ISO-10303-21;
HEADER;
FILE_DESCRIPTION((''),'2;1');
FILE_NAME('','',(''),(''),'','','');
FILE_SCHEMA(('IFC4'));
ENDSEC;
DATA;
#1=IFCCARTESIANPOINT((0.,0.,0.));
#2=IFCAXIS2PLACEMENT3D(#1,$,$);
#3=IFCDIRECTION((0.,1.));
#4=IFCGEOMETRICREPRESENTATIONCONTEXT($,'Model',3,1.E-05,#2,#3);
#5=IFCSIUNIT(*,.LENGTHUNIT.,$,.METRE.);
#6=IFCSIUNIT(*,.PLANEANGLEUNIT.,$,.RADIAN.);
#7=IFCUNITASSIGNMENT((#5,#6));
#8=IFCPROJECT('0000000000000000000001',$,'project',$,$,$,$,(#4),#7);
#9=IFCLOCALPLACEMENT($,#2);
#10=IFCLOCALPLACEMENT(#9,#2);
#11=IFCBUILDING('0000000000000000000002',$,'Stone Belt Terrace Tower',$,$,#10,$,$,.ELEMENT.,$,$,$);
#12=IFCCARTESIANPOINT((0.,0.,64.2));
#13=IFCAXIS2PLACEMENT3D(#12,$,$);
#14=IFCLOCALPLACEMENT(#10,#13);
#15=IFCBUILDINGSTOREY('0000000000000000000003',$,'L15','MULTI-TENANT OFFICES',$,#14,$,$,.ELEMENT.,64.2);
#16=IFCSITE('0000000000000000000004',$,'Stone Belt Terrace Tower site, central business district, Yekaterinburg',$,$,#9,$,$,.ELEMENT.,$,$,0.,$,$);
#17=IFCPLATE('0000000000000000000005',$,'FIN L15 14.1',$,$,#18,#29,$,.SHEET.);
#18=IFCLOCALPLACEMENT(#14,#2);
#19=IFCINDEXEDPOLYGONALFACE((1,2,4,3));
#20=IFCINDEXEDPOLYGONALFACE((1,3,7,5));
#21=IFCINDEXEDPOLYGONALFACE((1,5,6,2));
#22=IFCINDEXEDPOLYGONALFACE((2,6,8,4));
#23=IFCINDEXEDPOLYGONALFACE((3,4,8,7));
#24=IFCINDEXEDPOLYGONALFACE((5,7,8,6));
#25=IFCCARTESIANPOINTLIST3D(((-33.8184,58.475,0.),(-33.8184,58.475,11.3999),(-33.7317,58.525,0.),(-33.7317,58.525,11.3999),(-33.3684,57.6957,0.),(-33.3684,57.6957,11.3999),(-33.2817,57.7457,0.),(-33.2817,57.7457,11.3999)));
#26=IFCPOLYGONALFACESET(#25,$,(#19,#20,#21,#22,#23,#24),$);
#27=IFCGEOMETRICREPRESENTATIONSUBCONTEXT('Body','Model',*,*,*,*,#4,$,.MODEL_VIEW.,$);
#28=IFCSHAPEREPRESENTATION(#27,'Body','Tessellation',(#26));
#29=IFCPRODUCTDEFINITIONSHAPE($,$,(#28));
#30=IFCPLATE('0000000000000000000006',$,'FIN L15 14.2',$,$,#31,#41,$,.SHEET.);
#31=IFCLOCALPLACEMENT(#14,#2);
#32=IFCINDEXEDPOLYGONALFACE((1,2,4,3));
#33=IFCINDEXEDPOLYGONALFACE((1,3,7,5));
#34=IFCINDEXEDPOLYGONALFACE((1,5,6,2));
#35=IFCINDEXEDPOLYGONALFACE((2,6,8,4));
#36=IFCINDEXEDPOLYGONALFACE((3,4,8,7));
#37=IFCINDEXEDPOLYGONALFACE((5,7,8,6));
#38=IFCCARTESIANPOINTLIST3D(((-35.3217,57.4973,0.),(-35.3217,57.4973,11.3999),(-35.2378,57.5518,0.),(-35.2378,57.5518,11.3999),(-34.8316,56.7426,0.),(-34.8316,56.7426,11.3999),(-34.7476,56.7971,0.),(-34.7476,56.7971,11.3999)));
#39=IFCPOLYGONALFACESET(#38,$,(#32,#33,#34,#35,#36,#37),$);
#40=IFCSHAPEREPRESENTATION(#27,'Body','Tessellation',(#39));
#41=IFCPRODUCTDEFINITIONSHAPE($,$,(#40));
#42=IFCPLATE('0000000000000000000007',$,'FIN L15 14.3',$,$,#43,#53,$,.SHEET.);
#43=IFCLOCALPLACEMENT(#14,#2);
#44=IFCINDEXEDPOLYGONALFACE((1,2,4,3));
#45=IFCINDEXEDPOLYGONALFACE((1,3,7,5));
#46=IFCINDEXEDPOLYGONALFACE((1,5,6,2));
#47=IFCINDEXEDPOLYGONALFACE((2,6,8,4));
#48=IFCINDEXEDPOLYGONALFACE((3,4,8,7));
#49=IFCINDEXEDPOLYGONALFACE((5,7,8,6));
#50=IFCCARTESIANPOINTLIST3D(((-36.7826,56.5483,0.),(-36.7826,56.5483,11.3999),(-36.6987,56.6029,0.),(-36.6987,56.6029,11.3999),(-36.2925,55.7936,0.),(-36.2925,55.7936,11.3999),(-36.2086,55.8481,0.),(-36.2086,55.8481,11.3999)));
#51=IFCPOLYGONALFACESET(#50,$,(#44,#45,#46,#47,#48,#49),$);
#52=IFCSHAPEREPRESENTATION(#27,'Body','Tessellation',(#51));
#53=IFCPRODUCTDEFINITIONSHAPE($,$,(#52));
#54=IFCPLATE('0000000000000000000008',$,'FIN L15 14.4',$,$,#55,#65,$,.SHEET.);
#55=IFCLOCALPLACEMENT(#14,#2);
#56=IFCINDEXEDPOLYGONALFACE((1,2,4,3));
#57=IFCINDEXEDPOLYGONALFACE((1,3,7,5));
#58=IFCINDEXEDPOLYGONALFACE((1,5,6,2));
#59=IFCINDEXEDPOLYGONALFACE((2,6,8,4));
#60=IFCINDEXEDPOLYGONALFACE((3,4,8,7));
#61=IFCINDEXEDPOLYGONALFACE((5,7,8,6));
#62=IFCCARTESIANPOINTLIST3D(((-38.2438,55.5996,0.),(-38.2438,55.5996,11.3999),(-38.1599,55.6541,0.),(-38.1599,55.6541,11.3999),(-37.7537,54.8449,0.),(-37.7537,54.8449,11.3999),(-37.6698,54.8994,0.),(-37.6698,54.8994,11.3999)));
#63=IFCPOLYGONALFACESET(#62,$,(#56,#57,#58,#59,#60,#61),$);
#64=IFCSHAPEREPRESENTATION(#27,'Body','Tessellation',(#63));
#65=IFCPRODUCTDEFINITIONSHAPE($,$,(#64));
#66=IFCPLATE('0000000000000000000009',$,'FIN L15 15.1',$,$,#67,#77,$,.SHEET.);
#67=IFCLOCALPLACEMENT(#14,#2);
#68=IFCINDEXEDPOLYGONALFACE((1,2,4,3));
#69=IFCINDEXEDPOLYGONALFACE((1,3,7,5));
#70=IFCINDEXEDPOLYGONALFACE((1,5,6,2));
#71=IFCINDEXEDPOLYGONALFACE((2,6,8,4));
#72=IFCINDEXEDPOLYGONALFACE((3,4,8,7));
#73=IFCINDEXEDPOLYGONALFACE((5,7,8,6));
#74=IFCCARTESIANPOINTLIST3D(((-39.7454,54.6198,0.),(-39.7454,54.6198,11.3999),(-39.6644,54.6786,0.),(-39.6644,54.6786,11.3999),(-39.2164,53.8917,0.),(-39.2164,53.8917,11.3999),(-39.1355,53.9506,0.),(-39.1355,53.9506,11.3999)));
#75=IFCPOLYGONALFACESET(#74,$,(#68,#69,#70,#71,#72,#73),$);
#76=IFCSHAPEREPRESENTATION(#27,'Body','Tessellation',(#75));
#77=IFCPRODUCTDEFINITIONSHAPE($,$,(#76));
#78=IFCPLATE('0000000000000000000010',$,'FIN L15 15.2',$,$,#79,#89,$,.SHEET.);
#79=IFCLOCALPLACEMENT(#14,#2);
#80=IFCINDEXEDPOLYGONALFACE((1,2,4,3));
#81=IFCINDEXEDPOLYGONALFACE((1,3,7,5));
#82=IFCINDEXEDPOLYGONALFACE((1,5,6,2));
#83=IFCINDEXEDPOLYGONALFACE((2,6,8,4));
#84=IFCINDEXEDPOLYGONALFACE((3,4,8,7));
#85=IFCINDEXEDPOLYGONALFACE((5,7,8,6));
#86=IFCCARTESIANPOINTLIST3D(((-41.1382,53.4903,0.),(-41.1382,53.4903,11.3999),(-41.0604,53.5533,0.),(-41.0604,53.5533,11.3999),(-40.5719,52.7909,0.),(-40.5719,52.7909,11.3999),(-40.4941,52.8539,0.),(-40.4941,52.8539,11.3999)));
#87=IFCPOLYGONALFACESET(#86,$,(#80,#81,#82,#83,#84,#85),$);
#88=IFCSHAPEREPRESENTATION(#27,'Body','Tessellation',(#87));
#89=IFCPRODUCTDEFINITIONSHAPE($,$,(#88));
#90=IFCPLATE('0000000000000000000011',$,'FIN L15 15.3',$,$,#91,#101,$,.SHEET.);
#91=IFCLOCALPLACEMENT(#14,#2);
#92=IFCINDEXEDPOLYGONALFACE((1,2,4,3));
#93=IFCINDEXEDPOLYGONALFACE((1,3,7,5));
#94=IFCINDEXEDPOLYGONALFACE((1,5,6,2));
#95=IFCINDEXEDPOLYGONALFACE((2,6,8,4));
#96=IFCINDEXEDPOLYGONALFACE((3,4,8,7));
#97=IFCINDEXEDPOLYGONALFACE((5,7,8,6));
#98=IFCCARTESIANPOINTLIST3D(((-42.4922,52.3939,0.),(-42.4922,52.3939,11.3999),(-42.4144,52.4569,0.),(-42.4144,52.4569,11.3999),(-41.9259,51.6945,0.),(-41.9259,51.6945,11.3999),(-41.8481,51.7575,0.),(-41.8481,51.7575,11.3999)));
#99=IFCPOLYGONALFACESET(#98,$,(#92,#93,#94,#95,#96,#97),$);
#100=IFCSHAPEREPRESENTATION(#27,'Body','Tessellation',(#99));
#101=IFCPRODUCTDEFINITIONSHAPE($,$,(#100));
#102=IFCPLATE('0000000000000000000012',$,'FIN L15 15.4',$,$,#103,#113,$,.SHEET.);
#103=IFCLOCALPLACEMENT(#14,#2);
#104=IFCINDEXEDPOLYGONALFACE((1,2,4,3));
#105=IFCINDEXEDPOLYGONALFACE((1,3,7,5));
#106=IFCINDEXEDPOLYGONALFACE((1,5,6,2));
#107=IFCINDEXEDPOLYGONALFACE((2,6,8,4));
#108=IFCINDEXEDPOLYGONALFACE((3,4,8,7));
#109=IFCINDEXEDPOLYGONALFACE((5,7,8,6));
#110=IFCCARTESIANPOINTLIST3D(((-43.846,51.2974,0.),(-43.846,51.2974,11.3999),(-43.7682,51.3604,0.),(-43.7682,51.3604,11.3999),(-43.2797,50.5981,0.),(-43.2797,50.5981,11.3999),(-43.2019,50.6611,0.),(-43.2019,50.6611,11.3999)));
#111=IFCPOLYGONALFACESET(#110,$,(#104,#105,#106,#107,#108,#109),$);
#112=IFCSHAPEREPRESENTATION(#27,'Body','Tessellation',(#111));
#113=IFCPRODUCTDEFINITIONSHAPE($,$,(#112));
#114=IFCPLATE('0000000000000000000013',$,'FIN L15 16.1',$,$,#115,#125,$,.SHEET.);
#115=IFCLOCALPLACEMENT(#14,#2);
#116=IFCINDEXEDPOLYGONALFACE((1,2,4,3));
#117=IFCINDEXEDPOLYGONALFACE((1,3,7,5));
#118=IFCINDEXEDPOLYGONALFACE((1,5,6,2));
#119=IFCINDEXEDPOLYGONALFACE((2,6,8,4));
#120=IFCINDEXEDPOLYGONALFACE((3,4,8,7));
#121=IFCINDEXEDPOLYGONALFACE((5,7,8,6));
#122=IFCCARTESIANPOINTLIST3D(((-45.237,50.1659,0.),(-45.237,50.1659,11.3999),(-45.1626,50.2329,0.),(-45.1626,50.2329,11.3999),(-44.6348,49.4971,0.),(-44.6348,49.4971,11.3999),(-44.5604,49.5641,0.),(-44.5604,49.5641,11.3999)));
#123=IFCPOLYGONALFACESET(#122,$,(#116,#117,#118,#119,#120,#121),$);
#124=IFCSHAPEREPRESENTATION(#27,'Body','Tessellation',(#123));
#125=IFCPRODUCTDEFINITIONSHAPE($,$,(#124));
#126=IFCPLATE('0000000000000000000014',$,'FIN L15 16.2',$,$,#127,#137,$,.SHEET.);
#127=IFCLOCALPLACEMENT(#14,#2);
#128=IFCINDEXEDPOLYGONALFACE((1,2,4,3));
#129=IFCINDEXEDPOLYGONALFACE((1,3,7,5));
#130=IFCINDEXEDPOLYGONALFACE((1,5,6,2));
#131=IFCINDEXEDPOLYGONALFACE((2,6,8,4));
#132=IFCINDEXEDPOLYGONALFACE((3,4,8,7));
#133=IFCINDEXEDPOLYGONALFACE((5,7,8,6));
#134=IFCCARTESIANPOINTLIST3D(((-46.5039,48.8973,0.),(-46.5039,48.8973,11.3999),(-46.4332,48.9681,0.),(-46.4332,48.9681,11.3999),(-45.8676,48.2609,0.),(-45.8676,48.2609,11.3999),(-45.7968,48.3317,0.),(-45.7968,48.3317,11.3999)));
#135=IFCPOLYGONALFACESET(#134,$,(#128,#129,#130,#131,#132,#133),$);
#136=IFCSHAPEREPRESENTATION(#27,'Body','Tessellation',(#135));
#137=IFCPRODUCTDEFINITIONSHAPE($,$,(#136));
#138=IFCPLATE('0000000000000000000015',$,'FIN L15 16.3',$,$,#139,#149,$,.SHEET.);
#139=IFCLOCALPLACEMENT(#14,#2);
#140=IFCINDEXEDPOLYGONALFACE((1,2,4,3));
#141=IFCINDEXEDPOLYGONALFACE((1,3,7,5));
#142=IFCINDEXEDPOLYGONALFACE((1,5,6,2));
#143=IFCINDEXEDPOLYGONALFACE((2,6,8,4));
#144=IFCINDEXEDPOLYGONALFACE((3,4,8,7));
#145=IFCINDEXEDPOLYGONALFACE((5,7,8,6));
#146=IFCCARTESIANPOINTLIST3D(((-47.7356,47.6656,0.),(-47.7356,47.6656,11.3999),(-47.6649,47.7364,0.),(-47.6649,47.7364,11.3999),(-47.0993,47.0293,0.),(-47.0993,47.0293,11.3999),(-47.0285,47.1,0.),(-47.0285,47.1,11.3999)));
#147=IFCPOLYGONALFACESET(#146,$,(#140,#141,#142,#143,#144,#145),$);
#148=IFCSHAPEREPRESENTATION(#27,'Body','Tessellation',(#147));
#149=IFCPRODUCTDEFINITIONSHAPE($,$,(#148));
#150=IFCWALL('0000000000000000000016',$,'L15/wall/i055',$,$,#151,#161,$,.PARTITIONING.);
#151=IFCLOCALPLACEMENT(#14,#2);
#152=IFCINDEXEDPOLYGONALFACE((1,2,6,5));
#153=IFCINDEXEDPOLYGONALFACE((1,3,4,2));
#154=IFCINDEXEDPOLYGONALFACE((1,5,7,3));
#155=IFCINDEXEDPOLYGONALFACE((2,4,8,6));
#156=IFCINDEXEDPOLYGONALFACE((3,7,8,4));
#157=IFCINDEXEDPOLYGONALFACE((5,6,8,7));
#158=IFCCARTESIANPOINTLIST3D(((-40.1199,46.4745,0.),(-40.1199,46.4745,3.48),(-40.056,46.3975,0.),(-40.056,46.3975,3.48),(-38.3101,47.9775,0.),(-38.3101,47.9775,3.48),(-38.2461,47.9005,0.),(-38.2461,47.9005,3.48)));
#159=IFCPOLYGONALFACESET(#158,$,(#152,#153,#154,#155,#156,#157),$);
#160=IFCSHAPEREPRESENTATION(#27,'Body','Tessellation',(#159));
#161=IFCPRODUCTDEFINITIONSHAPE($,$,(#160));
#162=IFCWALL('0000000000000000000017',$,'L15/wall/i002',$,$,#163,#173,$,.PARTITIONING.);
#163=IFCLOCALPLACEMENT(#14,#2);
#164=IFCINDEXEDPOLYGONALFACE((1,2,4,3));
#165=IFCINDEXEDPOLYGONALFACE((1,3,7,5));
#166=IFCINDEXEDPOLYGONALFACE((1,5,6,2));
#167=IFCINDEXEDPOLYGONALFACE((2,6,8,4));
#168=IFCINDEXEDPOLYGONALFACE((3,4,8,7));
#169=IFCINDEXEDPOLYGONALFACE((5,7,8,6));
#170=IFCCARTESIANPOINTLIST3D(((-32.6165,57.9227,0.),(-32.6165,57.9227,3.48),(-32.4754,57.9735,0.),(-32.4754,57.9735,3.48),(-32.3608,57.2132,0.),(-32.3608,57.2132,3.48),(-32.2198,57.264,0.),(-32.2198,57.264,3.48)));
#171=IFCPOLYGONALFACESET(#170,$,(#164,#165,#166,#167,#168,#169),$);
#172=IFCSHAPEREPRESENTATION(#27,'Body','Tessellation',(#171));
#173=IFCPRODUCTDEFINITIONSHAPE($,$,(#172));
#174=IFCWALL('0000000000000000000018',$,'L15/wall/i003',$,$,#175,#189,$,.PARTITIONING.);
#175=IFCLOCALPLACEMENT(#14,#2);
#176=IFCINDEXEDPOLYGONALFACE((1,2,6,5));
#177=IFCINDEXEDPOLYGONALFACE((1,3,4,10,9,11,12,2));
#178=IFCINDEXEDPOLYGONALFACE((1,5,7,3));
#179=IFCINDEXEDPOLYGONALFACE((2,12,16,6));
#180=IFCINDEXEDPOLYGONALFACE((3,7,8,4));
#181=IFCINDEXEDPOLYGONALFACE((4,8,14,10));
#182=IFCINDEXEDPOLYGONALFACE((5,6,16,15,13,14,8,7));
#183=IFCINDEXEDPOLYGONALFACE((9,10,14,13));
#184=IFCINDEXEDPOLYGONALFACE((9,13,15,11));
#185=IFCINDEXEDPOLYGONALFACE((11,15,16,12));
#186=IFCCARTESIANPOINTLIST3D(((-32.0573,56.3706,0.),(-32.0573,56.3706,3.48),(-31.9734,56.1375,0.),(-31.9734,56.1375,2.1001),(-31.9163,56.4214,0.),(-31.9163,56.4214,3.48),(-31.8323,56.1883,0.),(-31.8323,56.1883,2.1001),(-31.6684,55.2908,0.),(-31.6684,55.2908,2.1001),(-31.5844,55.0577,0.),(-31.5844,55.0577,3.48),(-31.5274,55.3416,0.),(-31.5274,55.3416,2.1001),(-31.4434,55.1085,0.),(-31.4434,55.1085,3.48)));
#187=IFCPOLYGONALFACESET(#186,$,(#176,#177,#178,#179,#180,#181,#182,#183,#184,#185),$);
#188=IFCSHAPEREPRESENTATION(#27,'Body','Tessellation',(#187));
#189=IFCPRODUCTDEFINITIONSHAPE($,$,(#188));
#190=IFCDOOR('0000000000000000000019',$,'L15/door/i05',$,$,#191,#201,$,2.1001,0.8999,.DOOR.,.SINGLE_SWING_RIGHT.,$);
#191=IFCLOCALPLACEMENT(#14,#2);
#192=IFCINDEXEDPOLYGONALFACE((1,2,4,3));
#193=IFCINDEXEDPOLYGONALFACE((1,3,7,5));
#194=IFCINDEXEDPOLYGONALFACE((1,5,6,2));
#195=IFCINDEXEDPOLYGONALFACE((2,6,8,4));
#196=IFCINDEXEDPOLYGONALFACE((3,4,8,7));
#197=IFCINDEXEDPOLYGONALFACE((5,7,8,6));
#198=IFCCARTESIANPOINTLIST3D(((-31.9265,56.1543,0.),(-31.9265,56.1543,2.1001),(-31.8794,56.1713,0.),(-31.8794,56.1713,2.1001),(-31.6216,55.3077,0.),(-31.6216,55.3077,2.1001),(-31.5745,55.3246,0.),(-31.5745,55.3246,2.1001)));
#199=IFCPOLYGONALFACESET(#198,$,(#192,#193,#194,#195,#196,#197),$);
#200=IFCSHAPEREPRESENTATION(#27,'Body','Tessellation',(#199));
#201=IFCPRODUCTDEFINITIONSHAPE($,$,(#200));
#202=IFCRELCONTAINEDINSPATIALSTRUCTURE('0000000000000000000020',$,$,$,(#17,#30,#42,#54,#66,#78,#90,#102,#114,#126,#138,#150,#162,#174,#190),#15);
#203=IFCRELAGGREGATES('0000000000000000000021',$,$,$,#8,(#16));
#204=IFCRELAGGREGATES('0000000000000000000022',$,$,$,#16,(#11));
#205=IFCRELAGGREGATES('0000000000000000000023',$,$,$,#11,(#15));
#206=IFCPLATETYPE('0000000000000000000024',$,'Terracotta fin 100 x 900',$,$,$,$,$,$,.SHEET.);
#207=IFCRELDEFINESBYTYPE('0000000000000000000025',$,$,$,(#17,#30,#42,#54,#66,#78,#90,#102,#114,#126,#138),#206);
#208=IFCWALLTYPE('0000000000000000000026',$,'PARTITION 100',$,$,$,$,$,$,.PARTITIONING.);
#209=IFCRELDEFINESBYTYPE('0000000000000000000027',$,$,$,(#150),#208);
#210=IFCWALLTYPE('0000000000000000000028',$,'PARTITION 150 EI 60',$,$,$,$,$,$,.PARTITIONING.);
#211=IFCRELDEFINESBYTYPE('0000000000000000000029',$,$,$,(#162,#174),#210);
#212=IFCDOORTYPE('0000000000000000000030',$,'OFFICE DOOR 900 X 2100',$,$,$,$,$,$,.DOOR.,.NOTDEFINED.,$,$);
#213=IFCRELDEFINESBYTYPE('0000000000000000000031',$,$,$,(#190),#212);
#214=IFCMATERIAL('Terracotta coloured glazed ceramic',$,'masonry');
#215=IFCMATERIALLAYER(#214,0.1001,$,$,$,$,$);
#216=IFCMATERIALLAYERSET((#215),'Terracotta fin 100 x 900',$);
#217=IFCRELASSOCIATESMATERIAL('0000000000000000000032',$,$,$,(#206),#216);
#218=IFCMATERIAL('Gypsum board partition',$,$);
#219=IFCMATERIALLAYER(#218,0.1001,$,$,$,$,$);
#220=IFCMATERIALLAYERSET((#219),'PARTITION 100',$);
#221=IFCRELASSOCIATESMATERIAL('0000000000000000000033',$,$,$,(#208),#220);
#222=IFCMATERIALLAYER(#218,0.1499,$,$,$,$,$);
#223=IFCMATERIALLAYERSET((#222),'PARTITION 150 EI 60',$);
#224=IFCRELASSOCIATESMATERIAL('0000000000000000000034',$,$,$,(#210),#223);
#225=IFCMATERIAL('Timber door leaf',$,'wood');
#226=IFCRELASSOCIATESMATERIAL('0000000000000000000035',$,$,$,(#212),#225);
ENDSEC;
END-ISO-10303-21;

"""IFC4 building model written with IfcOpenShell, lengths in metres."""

from ifc_helpers import new_model, si_unit, direction, frame, frame_2d, origin, origin_2d, place, context, subcontext, project, spatial, rectangle, extrude, material, layer, layer_set, type_object, element, fill, save


model = new_model("IFC4")

# Units and contexts
model_context = context("Model", 3, precision=1e-05, world=origin(), true_north=direction((0.0, 1.0)))
body_context = subcontext(model_context, "Body", "Model", "MODEL_VIEW")
ifc_project = project(units=[si_unit("LENGTHUNIT", "METRE"), si_unit("PLANEANGLEUNIT", "RADIAN")], contexts=[model_context])

# Site, building, storey
site_placement = place(None, origin())
site = spatial("IfcSite", under=ifc_project, at=site_placement, Name="Stone Belt Terrace Tower site, central business district, Yekaterinburg", CompositionType="ELEMENT", RefElevation=0.0)
building_placement = place(site_placement, origin())
building = spatial("IfcBuilding", under=site, at=building_placement, Name="Stone Belt Terrace Tower", CompositionType="ELEMENT")
storey_placement = place(building_placement, frame((0.0, 0.0, 64.2)))
storey = spatial("IfcBuildingStorey", under=building, at=storey_placement, Name="L15", Description="MULTI-TENANT OFFICES", CompositionType="ELEMENT", Elevation=64.2)

# Plates
ifc_material_1 = material(Name="Terracotta coloured glazed ceramic", Category="masonry")
ifc_layer_1 = layer(ifc_material_1, 0.1001)
ifc_layer_set_1 = layer_set([ifc_layer_1], Name="Terracotta fin 100 x 900")
plate_type_1 = type_object("IfcPlateType", Name="Terracotta fin 100 x 900", PredefinedType="SHEET", material=ifc_layer_set_1)
for number, where, z_axis, x_axis, name in (
    (1, (-33.55, 58.1104, 0.0), (0.0, 0.0, 1.0), (-0.5, 0.866025, 0.0), "FIN L15 14.1"),
    (2, (-35.0347, 57.1472, 0.0), (0.0, 0.0, 1.0), (-0.544639, 0.838671, 0.0), "FIN L15 14.2"),
    (3, (-36.4956, 56.1982, 0.0), (0.0, 0.0, 1.0), (-0.544639, 0.838671, 0.0), "FIN L15 14.3"),
    (4, (-37.9568, 55.2495, 0.0), (0.0, 0.0, 1.0), (-0.544639, 0.838671, 0.0), "FIN L15 14.4"),
    (5, (-39.4404, 54.2852, 0.0), (0.0, 0.0, 1.0), (-0.587785, 0.809017, 0.0), "FIN L15 15.1"),
    (6, (-40.8162, 53.1721, 0.0), (0.0, 0.0, 1.0), (-0.62932, 0.777146, 0.0), "FIN L15 15.2"),
    (7, (-42.1702, 52.0757, 0.0), (0.0, 0.0, 1.0), (-0.62932, 0.777146, 0.0), "FIN L15 15.3"),
    (8, (-43.5239, 50.9792, 0.0), (0.0, 0.0, 1.0), (-0.62932, 0.777146, 0.0), "FIN L15 15.4"),
    (9, (-44.8987, 49.865, 0.0), (0.0, 0.0, 1.0), (-0.669131, 0.743145, 0.0), "FIN L15 16.1"),
    (10, (-46.1504, 48.6145, 0.0), (0.0, 0.0, 1.0), (-0.707107, 0.707107, 0.0), "FIN L15 16.2"),
    (11, (-47.3821, 47.3828, 0.0), (0.0, 0.0, 1.0), (-0.707107, 0.707107, 0.0), "FIN L15 16.3"),
):
    element("IfcPlate", number, at=place(storey_placement, frame(where, z_axis=z_axis, x_axis=x_axis)), inside=storey, type_object=plate_type_1, Name=name, PredefinedType="SHEET", context=body_context, shape_type="SweptSolid", body=[
        extrude(rectangle(XDim=0.8999, YDim=0.1001, at=origin_2d()), origin(), (0.0, 0.0, 1.0), 11.3999),
    ])

# Walls
ifc_material_2 = material(Name="Gypsum board partition")
ifc_layer_2 = layer(ifc_material_2, 0.1001)
ifc_layer_set_2 = layer_set([ifc_layer_2], Name="PARTITION 100")
wall_type_1 = type_object("IfcWallType", Name="PARTITION 100", PredefinedType="PARTITIONING", material=ifc_layer_set_2)
wall_1_placement = place(storey_placement, frame((-38.2781, 47.939, 0.0), z_axis=(0.0, 0.0, 1.0), x_axis=(-0.769317, -0.638867, 0.0)))
element("IfcWall", 12, at=wall_1_placement, inside=storey, type_object=wall_type_1, Name="L15/wall/i055", PredefinedType="PARTITIONING", context=body_context, shape_type="SweptSolid", body=[
    extrude(rectangle(XDim=2.3525, YDim=0.1001, at=frame_2d((1.1763, 0.0))), origin(), (0.0, 0.0, 1.0), 3.48),
])
ifc_layer_3 = layer(ifc_material_2, 0.1499)
ifc_layer_set_3 = layer_set([ifc_layer_3], Name="PARTITION 150 EI 60")
wall_type_2 = type_object("IfcWallType", Name="PARTITION 150 EI 60", PredefinedType="PARTITIONING", material=ifc_layer_set_3)
wall_2_placement = place(storey_placement, frame((-32.5459, 57.948, 0.0), z_axis=(0.0, 0.0, 1.0), x_axis=(0.33896, -0.940801, 0.0)))
element("IfcWall", 13, at=wall_2_placement, inside=storey, type_object=wall_type_2, Name="L15/wall/i002", PredefinedType="PARTITIONING", context=body_context, shape_type="SweptSolid", body=[
    extrude(rectangle(XDim=0.7542, YDim=0.1499, at=frame_2d((0.377, 0.0))), origin(), (0.0, 0.0, 1.0), 3.48),
])

# Wall, opening, door
wall_3_placement = place(storey_placement, frame((-31.9868, 56.396, 0.0), z_axis=(0.0, 0.0, 1.0), x_axis=(0.338862, -0.940836, 0.0)))
wall_3 = element("IfcWall", 14, at=wall_3_placement, inside=storey, type_object=wall_type_2, Name="L15/wall/i003", PredefinedType="PARTITIONING", context=body_context, shape_type="SweptSolid", body=[
    extrude(rectangle(XDim=1.3955, YDim=0.1499, at=frame_2d((0.6978, 0.0))), origin(), (0.0, 0.0, 1.0), 3.48),
])
opening_placement = place(wall_3_placement, frame((0.2478, 0.0, 0.0)))
opening = element("IfcOpeningElement", 15, at=opening_placement, cuts=wall_3, PredefinedType="OPENING", context=body_context, shape_type="SweptSolid", body=[
    extrude(rectangle(XDim=0.8999, YDim=2.1001, at=frame_2d((0.45, 1.05))), frame((0.0, 0.085, 0.0), z_axis=(0.0, -1.0, 0.0), x_axis=(1.0, 0.0, 0.0)), (0.0, 0.0, 1.0), 0.1699),
])
ifc_material_3 = material(Name="Timber door leaf", Category="wood")
door_type = type_object("IfcDoorType", Name="OFFICE DOOR 900 X 2100", OperationType="NOTDEFINED", PredefinedType="DOOR", material=ifc_material_3)
door_placement = place(opening_placement, origin())
door = element("IfcDoor", 16, at=door_placement, inside=storey, type_object=door_type, Name="L15/door/i05", OperationType="SINGLE_SWING_RIGHT", OverallHeight=2.1001, OverallWidth=0.8999, PredefinedType="DOOR", context=body_context, shape_type="SweptSolid", body=[
    extrude(rectangle(XDim=0.8999, YDim=2.1001, at=frame_2d((0.45, 1.05))), frame((0.0, 0.0249, 0.0), z_axis=(0.0, -1.0, 0.0), x_axis=(1.0, 0.0, 0.0)), (0.0, 0.0, 1.0), 0.05),
])
fill(opening, door)

save(model, "model.ifc")
